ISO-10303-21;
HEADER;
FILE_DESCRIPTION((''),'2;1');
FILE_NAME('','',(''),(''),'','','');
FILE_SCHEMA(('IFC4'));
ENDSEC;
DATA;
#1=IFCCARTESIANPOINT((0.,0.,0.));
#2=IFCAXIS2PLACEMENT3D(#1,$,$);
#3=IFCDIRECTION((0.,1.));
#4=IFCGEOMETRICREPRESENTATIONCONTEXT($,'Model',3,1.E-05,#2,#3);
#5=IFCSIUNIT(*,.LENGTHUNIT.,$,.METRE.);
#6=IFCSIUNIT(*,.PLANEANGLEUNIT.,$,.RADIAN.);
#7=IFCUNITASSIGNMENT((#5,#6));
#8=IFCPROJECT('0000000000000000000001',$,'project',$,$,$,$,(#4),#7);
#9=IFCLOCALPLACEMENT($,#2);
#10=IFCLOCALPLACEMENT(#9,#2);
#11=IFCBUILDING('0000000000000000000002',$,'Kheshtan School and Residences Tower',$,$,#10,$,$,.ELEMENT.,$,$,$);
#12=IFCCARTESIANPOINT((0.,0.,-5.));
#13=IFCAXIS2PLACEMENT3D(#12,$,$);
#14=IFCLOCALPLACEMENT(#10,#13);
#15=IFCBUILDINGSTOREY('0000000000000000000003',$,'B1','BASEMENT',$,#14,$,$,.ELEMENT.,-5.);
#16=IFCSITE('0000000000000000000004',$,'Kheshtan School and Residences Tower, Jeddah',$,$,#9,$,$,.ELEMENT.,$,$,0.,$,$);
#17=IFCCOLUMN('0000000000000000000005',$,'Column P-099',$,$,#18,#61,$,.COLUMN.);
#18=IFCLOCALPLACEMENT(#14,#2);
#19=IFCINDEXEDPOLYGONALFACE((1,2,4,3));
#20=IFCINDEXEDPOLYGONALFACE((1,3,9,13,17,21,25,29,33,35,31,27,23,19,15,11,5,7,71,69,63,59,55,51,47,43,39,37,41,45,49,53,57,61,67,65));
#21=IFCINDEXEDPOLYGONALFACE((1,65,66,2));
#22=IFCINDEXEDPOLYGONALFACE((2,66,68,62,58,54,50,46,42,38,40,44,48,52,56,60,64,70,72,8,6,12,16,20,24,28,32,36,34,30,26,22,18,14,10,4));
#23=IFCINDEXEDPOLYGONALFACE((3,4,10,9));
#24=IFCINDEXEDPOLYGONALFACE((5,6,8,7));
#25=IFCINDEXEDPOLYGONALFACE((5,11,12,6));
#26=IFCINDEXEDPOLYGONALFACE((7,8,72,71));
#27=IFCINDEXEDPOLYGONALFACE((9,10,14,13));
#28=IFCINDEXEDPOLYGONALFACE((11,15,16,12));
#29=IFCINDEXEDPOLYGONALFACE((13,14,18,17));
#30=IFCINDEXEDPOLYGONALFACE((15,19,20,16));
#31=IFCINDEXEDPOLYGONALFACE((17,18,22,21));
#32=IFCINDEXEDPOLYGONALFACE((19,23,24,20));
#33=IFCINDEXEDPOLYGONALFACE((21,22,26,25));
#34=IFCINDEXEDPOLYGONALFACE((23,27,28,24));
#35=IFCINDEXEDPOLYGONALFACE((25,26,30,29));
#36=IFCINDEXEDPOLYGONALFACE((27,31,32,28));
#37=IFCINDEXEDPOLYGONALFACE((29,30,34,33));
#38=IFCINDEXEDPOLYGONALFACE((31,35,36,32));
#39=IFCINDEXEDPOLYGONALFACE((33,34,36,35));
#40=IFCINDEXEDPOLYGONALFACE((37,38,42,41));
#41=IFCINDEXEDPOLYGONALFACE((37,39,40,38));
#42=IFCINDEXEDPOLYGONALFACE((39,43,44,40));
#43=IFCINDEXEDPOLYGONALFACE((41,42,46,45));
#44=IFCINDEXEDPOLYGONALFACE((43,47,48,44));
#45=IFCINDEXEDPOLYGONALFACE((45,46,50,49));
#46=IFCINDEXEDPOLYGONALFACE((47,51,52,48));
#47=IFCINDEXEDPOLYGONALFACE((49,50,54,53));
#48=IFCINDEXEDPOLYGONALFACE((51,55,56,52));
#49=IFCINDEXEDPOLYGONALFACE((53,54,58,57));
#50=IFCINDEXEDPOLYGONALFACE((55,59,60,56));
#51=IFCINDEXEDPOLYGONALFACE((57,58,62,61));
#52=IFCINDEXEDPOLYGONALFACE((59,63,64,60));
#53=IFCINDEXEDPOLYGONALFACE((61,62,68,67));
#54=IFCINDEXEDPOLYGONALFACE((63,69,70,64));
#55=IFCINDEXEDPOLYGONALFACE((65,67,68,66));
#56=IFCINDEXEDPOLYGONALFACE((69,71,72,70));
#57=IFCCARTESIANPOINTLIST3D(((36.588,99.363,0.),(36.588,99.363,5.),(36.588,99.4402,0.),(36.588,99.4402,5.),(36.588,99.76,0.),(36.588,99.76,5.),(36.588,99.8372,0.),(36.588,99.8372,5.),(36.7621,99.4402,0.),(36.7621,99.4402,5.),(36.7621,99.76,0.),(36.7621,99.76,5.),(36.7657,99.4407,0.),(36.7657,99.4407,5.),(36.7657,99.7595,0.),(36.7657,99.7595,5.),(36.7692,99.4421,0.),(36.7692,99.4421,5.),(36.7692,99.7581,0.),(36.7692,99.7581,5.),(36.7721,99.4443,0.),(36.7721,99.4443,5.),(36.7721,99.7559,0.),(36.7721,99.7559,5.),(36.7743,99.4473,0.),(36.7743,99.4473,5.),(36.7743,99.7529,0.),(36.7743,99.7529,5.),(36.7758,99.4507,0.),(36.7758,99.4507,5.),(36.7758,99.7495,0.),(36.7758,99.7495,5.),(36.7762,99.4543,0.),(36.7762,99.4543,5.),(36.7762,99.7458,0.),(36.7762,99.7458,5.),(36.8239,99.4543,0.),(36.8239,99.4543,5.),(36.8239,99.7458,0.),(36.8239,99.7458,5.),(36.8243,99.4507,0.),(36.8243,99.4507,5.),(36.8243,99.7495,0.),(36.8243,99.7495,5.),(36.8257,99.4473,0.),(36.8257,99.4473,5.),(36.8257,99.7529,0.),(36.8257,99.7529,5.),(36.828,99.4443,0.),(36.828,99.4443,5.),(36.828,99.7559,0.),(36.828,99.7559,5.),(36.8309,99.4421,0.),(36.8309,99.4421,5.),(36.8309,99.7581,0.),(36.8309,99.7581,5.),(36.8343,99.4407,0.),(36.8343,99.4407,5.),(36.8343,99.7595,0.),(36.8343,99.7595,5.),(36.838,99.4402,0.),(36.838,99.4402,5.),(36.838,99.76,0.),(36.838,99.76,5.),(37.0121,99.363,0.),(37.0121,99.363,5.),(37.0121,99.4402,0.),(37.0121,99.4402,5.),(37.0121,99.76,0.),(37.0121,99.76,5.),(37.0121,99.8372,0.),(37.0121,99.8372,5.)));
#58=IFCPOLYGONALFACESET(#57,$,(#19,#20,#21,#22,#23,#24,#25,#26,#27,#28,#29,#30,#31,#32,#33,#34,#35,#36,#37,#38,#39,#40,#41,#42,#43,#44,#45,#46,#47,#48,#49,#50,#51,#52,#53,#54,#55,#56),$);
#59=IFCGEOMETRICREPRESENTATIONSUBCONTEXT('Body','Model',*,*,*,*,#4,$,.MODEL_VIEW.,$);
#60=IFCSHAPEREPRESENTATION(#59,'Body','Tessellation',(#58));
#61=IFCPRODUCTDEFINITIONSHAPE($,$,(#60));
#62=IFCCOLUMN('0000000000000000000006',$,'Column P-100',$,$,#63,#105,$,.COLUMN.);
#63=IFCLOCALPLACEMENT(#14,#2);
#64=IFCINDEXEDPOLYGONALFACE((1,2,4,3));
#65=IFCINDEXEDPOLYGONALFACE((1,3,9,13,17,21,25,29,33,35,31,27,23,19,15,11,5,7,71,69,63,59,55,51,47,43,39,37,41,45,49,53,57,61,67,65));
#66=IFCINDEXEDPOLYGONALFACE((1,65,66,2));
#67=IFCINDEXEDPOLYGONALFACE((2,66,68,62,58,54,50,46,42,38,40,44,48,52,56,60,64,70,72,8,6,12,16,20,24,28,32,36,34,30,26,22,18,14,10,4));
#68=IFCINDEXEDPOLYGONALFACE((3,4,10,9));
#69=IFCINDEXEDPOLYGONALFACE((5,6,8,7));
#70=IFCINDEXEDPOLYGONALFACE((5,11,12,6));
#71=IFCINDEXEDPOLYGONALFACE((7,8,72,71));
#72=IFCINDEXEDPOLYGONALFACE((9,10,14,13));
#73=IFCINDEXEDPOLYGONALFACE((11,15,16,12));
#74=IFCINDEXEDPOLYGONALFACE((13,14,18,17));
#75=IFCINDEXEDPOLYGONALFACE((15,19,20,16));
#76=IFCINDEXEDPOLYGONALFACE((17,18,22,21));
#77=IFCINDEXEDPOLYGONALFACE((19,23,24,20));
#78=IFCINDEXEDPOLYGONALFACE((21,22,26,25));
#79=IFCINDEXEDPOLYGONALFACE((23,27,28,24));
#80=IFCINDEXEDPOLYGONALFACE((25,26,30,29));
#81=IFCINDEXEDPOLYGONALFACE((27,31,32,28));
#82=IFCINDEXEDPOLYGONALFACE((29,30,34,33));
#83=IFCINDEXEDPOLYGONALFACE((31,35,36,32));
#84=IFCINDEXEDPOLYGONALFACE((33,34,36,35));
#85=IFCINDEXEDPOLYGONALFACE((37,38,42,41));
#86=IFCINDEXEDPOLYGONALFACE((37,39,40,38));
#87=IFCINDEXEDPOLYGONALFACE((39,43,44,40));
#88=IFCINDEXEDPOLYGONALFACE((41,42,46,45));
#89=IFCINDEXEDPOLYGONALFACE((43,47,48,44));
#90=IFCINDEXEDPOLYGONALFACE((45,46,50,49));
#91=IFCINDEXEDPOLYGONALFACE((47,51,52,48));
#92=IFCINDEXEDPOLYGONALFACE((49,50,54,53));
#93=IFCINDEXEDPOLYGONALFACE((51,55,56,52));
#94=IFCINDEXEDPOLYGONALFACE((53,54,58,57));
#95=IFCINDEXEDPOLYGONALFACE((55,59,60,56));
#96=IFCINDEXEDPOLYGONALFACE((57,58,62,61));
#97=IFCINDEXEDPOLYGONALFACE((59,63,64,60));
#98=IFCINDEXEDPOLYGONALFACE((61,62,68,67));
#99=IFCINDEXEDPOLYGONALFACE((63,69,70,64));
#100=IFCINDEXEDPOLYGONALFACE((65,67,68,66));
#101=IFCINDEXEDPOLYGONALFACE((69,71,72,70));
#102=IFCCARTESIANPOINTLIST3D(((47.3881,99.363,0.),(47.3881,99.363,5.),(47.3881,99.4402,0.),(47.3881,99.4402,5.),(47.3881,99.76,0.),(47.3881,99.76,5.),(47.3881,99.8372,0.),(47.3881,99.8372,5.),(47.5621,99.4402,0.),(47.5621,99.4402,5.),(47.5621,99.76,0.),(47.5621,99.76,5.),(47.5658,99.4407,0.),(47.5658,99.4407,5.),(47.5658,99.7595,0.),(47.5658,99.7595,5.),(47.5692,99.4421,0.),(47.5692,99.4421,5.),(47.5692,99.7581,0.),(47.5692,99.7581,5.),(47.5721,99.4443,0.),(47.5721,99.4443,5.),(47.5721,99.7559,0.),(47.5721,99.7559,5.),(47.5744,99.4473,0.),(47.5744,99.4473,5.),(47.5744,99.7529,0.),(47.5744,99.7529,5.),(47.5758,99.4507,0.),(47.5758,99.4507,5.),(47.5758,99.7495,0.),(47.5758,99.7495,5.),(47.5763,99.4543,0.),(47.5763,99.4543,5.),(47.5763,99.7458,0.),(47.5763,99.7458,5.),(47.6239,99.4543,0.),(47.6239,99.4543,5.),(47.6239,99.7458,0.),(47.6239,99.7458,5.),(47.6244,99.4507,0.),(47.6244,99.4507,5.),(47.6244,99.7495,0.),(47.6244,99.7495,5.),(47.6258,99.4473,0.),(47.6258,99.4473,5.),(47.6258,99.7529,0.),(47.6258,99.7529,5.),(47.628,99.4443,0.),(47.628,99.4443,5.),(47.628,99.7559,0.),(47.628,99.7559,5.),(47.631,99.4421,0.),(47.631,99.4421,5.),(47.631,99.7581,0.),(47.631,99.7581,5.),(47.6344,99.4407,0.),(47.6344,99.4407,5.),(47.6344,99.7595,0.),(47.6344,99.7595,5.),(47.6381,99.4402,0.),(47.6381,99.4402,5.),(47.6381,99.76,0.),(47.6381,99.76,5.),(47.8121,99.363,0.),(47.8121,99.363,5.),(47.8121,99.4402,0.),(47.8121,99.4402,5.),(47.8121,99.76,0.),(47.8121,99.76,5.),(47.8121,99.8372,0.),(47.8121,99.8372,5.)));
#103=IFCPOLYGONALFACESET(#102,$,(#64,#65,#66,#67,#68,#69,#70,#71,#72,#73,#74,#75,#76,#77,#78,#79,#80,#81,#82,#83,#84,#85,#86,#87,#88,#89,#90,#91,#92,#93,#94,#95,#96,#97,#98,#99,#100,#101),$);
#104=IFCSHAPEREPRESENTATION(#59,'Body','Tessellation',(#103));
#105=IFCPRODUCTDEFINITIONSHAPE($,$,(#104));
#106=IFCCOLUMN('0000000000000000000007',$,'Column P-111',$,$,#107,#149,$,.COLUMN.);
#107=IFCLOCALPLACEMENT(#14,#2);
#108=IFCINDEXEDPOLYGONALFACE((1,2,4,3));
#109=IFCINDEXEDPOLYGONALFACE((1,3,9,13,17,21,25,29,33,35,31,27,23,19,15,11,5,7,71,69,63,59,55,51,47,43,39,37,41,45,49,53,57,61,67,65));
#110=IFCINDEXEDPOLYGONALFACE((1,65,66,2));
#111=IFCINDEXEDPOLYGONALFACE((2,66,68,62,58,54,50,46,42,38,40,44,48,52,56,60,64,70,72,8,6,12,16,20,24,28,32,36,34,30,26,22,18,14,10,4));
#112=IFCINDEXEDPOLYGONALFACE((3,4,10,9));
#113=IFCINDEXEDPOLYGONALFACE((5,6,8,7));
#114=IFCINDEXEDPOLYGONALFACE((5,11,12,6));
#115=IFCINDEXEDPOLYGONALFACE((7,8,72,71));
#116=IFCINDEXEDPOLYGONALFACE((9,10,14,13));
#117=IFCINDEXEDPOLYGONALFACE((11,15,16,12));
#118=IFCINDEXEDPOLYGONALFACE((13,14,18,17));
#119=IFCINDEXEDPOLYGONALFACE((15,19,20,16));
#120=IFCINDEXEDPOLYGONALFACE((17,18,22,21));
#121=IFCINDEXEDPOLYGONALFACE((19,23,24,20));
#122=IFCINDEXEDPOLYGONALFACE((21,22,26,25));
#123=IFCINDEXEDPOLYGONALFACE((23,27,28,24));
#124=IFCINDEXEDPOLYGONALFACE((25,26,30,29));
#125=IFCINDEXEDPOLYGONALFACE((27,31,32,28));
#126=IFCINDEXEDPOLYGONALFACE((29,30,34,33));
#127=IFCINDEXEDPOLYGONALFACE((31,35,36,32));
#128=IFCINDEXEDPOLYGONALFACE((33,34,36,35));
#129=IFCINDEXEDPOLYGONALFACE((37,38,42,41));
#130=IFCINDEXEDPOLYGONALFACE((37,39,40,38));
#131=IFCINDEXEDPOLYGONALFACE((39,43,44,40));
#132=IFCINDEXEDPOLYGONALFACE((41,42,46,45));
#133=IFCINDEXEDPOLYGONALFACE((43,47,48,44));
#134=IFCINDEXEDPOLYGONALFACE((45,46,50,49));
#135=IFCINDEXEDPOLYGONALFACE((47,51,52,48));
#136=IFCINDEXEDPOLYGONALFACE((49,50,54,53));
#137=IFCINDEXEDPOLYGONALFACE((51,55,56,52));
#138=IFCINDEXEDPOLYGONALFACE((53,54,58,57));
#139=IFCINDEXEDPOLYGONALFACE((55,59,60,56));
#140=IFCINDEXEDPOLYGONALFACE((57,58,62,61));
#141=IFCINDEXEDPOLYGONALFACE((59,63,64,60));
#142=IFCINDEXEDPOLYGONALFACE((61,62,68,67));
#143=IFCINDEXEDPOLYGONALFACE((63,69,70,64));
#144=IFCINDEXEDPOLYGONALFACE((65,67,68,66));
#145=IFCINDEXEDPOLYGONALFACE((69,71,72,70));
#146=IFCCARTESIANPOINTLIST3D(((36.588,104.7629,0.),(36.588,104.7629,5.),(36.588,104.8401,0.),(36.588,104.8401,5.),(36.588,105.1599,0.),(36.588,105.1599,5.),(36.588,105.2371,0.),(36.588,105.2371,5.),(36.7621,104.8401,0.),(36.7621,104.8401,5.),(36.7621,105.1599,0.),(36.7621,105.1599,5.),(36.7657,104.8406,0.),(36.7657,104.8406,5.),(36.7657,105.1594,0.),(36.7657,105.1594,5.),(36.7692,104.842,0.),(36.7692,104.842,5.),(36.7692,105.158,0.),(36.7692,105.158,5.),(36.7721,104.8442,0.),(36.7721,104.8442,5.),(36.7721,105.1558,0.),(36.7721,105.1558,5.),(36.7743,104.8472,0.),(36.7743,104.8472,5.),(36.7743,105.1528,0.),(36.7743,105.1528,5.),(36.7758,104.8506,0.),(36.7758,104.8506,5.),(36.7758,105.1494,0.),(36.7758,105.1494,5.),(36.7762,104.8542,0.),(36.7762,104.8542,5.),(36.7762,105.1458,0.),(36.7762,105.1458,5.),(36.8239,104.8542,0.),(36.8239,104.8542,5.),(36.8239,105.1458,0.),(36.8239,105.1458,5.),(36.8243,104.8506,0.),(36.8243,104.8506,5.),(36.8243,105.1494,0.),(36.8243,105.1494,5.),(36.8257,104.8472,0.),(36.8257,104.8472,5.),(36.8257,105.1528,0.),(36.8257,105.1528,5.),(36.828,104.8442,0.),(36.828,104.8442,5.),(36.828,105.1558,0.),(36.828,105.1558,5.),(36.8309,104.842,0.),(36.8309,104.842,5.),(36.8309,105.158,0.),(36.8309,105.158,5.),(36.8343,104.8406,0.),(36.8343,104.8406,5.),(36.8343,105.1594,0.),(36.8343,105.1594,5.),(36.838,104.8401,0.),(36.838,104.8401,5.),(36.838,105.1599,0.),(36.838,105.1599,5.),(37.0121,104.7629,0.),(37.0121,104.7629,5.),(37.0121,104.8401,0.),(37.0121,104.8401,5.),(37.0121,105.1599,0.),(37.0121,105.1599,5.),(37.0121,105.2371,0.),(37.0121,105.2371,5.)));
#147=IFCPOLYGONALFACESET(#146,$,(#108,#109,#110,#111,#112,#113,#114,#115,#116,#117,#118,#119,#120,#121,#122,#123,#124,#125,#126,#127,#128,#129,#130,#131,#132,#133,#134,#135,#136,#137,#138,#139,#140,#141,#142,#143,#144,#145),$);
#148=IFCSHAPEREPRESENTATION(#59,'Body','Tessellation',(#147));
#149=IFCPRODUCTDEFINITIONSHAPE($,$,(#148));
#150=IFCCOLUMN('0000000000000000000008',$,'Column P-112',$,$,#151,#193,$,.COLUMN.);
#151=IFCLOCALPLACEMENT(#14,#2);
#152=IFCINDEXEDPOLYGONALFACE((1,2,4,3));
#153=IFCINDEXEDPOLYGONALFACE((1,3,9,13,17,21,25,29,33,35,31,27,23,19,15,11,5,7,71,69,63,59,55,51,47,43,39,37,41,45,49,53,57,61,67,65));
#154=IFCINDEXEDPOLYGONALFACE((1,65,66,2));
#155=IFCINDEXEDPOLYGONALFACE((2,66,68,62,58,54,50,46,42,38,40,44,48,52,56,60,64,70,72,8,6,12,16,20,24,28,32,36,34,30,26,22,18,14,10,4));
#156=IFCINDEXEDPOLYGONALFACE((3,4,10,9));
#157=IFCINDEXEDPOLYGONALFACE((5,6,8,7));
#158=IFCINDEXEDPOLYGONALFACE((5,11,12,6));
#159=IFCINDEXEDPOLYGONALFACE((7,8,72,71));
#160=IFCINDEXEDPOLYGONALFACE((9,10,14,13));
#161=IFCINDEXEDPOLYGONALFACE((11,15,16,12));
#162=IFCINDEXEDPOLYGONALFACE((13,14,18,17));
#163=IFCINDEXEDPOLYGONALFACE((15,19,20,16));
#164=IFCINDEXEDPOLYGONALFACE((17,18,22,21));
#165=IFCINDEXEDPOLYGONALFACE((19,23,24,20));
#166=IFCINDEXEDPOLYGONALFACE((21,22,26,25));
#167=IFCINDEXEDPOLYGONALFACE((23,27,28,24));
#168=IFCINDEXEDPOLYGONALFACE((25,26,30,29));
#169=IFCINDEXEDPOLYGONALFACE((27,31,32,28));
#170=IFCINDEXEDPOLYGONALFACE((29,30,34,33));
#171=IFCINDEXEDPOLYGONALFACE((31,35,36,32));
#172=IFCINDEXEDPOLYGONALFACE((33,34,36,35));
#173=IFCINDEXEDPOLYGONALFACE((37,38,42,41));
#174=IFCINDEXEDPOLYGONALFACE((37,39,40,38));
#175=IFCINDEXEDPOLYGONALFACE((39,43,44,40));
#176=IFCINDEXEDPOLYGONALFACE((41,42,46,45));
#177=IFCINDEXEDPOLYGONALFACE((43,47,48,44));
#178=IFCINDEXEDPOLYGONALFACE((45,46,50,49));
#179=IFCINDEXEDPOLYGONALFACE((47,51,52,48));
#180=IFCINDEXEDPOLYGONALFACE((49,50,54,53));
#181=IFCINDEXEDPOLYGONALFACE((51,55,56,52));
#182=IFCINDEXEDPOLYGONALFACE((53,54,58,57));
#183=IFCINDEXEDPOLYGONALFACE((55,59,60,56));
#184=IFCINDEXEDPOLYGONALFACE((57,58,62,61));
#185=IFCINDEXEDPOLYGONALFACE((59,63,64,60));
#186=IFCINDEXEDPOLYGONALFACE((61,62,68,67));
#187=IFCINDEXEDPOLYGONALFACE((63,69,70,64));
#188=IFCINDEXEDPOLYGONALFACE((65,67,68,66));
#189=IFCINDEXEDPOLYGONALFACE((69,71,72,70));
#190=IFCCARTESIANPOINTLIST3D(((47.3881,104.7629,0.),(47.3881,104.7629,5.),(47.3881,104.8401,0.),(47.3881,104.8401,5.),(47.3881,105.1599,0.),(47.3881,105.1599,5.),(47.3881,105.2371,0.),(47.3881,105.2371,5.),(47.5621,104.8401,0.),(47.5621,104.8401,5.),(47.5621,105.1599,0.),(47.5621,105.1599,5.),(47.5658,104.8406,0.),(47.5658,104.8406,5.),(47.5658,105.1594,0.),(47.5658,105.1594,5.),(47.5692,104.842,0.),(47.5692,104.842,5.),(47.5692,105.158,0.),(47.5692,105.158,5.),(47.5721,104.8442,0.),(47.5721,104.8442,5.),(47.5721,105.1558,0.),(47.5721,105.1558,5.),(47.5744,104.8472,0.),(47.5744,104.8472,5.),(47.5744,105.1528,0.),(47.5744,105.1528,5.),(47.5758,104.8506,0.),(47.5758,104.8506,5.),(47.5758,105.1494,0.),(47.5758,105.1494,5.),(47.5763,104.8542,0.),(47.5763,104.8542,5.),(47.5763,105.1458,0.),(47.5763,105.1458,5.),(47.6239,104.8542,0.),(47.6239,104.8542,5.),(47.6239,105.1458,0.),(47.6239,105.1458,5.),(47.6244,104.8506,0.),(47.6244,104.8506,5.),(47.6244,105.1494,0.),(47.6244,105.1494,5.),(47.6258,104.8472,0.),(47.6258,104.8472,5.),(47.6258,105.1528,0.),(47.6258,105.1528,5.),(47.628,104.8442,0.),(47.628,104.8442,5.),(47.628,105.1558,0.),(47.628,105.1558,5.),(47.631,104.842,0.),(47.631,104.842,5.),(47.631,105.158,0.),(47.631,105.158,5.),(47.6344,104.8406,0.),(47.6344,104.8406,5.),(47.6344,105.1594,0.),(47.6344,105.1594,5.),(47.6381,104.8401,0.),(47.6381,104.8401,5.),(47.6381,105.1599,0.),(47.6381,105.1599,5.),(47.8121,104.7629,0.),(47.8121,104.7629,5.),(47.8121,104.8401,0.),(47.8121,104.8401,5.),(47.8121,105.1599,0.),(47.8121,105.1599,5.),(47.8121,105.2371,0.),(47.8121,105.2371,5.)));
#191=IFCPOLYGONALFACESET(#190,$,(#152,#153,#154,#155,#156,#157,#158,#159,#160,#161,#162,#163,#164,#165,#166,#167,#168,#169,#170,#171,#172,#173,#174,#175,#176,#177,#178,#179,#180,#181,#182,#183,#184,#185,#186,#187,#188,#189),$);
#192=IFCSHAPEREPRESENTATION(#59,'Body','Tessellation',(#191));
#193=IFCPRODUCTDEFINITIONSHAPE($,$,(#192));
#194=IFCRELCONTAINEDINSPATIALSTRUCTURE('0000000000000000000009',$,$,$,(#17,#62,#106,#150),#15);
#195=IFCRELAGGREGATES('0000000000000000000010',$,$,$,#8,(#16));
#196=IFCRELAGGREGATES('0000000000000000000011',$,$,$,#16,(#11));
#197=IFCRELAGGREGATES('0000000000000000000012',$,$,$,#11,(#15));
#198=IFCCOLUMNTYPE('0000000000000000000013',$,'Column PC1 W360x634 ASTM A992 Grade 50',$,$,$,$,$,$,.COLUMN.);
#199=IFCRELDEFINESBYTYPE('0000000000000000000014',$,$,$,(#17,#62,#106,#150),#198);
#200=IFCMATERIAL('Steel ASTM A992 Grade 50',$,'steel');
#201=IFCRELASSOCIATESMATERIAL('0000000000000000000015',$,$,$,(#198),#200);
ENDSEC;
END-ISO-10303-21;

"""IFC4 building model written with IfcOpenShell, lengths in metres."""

from ifc_helpers import new_model, si_unit, direction, frame, origin, origin_2d, place, context, subcontext, project, spatial, i_section, extrude, material, material_profile, profile_set, type_object, element, save


model = new_model("IFC4")

# Units and contexts
model_context = context("Model", 3, precision=1e-05, world=origin(), true_north=direction((0.0, 1.0)))
body_context = subcontext(model_context, "Body", "Model", "MODEL_VIEW")
ifc_project = project(units=[si_unit("LENGTHUNIT", "METRE"), si_unit("PLANEANGLEUNIT", "RADIAN")], contexts=[model_context])

# Site, building, storey
site_placement = place(None, origin())
site = spatial("IfcSite", under=ifc_project, at=site_placement, Name="Kheshtan School and Residences Tower, Jeddah", CompositionType="ELEMENT", RefElevation=0.0)
building_placement = place(site_placement, origin())
building = spatial("IfcBuilding", under=site, at=building_placement, Name="Kheshtan School and Residences Tower", CompositionType="ELEMENT")
storey_placement = place(building_placement, frame((0.0, 0.0, -5.0)))
storey = spatial("IfcBuildingStorey", under=building, at=storey_placement, Name="B1", Description="BASEMENT", CompositionType="ELEMENT", Elevation=-5.0)

# Columns
ifc_material_1 = material(Name="Steel ASTM A992 Grade 50", Category="steel")
ifc_material_profile_1 = material_profile(ifc_material_1, i_section(OverallWidth=0.4241, OverallDepth=0.4741, WebThickness=0.0476, FlangeThickness=0.0771, FilletRadius=0.0142, at=origin_2d()), Name="W360x634")
ifc_profile_set_1 = profile_set([ifc_material_profile_1], Name="Steel ASTM A992 Grade 50")
column_type = type_object("IfcColumnType", Name="Column PC1 W360x634 ASTM A992 Grade 50", PredefinedType="COLUMN", material=ifc_profile_set_1)
for number, where, z_axis, x_axis, name in (
    (1, (36.8, 99.6001, 0.0), (0.0, 0.0, 1.0), (1.0, 0.0, 0.0), "Column P-099"),
    (2, (47.6001, 99.6001, 0.0), (0.0, 0.0, 1.0), (1.0, 0.0, 0.0), "Column P-100"),
    (3, (36.8, 105.0, 0.0), (0.0, 0.0, 1.0), (1.0, 0.0, 0.0), "Column P-111"),
    (4, (47.6001, 105.0, 0.0), (0.0, 0.0, 1.0), (1.0, 0.0, 0.0), "Column P-112"),
):
    element("IfcColumn", number, at=place(storey_placement, frame(where, z_axis=z_axis, x_axis=x_axis)), inside=storey, type_object=column_type, Name=name, PredefinedType="COLUMN", context=body_context, shape_type="SweptSolid", body=[
        extrude(i_section(OverallWidth=0.4241, OverallDepth=0.4741, WebThickness=0.0476, FlangeThickness=0.0771, FilletRadius=0.0142, at=origin_2d()), origin(), (0.0, 0.0, 1.0), 5.0),
    ])

save(model, "model.ifc")
